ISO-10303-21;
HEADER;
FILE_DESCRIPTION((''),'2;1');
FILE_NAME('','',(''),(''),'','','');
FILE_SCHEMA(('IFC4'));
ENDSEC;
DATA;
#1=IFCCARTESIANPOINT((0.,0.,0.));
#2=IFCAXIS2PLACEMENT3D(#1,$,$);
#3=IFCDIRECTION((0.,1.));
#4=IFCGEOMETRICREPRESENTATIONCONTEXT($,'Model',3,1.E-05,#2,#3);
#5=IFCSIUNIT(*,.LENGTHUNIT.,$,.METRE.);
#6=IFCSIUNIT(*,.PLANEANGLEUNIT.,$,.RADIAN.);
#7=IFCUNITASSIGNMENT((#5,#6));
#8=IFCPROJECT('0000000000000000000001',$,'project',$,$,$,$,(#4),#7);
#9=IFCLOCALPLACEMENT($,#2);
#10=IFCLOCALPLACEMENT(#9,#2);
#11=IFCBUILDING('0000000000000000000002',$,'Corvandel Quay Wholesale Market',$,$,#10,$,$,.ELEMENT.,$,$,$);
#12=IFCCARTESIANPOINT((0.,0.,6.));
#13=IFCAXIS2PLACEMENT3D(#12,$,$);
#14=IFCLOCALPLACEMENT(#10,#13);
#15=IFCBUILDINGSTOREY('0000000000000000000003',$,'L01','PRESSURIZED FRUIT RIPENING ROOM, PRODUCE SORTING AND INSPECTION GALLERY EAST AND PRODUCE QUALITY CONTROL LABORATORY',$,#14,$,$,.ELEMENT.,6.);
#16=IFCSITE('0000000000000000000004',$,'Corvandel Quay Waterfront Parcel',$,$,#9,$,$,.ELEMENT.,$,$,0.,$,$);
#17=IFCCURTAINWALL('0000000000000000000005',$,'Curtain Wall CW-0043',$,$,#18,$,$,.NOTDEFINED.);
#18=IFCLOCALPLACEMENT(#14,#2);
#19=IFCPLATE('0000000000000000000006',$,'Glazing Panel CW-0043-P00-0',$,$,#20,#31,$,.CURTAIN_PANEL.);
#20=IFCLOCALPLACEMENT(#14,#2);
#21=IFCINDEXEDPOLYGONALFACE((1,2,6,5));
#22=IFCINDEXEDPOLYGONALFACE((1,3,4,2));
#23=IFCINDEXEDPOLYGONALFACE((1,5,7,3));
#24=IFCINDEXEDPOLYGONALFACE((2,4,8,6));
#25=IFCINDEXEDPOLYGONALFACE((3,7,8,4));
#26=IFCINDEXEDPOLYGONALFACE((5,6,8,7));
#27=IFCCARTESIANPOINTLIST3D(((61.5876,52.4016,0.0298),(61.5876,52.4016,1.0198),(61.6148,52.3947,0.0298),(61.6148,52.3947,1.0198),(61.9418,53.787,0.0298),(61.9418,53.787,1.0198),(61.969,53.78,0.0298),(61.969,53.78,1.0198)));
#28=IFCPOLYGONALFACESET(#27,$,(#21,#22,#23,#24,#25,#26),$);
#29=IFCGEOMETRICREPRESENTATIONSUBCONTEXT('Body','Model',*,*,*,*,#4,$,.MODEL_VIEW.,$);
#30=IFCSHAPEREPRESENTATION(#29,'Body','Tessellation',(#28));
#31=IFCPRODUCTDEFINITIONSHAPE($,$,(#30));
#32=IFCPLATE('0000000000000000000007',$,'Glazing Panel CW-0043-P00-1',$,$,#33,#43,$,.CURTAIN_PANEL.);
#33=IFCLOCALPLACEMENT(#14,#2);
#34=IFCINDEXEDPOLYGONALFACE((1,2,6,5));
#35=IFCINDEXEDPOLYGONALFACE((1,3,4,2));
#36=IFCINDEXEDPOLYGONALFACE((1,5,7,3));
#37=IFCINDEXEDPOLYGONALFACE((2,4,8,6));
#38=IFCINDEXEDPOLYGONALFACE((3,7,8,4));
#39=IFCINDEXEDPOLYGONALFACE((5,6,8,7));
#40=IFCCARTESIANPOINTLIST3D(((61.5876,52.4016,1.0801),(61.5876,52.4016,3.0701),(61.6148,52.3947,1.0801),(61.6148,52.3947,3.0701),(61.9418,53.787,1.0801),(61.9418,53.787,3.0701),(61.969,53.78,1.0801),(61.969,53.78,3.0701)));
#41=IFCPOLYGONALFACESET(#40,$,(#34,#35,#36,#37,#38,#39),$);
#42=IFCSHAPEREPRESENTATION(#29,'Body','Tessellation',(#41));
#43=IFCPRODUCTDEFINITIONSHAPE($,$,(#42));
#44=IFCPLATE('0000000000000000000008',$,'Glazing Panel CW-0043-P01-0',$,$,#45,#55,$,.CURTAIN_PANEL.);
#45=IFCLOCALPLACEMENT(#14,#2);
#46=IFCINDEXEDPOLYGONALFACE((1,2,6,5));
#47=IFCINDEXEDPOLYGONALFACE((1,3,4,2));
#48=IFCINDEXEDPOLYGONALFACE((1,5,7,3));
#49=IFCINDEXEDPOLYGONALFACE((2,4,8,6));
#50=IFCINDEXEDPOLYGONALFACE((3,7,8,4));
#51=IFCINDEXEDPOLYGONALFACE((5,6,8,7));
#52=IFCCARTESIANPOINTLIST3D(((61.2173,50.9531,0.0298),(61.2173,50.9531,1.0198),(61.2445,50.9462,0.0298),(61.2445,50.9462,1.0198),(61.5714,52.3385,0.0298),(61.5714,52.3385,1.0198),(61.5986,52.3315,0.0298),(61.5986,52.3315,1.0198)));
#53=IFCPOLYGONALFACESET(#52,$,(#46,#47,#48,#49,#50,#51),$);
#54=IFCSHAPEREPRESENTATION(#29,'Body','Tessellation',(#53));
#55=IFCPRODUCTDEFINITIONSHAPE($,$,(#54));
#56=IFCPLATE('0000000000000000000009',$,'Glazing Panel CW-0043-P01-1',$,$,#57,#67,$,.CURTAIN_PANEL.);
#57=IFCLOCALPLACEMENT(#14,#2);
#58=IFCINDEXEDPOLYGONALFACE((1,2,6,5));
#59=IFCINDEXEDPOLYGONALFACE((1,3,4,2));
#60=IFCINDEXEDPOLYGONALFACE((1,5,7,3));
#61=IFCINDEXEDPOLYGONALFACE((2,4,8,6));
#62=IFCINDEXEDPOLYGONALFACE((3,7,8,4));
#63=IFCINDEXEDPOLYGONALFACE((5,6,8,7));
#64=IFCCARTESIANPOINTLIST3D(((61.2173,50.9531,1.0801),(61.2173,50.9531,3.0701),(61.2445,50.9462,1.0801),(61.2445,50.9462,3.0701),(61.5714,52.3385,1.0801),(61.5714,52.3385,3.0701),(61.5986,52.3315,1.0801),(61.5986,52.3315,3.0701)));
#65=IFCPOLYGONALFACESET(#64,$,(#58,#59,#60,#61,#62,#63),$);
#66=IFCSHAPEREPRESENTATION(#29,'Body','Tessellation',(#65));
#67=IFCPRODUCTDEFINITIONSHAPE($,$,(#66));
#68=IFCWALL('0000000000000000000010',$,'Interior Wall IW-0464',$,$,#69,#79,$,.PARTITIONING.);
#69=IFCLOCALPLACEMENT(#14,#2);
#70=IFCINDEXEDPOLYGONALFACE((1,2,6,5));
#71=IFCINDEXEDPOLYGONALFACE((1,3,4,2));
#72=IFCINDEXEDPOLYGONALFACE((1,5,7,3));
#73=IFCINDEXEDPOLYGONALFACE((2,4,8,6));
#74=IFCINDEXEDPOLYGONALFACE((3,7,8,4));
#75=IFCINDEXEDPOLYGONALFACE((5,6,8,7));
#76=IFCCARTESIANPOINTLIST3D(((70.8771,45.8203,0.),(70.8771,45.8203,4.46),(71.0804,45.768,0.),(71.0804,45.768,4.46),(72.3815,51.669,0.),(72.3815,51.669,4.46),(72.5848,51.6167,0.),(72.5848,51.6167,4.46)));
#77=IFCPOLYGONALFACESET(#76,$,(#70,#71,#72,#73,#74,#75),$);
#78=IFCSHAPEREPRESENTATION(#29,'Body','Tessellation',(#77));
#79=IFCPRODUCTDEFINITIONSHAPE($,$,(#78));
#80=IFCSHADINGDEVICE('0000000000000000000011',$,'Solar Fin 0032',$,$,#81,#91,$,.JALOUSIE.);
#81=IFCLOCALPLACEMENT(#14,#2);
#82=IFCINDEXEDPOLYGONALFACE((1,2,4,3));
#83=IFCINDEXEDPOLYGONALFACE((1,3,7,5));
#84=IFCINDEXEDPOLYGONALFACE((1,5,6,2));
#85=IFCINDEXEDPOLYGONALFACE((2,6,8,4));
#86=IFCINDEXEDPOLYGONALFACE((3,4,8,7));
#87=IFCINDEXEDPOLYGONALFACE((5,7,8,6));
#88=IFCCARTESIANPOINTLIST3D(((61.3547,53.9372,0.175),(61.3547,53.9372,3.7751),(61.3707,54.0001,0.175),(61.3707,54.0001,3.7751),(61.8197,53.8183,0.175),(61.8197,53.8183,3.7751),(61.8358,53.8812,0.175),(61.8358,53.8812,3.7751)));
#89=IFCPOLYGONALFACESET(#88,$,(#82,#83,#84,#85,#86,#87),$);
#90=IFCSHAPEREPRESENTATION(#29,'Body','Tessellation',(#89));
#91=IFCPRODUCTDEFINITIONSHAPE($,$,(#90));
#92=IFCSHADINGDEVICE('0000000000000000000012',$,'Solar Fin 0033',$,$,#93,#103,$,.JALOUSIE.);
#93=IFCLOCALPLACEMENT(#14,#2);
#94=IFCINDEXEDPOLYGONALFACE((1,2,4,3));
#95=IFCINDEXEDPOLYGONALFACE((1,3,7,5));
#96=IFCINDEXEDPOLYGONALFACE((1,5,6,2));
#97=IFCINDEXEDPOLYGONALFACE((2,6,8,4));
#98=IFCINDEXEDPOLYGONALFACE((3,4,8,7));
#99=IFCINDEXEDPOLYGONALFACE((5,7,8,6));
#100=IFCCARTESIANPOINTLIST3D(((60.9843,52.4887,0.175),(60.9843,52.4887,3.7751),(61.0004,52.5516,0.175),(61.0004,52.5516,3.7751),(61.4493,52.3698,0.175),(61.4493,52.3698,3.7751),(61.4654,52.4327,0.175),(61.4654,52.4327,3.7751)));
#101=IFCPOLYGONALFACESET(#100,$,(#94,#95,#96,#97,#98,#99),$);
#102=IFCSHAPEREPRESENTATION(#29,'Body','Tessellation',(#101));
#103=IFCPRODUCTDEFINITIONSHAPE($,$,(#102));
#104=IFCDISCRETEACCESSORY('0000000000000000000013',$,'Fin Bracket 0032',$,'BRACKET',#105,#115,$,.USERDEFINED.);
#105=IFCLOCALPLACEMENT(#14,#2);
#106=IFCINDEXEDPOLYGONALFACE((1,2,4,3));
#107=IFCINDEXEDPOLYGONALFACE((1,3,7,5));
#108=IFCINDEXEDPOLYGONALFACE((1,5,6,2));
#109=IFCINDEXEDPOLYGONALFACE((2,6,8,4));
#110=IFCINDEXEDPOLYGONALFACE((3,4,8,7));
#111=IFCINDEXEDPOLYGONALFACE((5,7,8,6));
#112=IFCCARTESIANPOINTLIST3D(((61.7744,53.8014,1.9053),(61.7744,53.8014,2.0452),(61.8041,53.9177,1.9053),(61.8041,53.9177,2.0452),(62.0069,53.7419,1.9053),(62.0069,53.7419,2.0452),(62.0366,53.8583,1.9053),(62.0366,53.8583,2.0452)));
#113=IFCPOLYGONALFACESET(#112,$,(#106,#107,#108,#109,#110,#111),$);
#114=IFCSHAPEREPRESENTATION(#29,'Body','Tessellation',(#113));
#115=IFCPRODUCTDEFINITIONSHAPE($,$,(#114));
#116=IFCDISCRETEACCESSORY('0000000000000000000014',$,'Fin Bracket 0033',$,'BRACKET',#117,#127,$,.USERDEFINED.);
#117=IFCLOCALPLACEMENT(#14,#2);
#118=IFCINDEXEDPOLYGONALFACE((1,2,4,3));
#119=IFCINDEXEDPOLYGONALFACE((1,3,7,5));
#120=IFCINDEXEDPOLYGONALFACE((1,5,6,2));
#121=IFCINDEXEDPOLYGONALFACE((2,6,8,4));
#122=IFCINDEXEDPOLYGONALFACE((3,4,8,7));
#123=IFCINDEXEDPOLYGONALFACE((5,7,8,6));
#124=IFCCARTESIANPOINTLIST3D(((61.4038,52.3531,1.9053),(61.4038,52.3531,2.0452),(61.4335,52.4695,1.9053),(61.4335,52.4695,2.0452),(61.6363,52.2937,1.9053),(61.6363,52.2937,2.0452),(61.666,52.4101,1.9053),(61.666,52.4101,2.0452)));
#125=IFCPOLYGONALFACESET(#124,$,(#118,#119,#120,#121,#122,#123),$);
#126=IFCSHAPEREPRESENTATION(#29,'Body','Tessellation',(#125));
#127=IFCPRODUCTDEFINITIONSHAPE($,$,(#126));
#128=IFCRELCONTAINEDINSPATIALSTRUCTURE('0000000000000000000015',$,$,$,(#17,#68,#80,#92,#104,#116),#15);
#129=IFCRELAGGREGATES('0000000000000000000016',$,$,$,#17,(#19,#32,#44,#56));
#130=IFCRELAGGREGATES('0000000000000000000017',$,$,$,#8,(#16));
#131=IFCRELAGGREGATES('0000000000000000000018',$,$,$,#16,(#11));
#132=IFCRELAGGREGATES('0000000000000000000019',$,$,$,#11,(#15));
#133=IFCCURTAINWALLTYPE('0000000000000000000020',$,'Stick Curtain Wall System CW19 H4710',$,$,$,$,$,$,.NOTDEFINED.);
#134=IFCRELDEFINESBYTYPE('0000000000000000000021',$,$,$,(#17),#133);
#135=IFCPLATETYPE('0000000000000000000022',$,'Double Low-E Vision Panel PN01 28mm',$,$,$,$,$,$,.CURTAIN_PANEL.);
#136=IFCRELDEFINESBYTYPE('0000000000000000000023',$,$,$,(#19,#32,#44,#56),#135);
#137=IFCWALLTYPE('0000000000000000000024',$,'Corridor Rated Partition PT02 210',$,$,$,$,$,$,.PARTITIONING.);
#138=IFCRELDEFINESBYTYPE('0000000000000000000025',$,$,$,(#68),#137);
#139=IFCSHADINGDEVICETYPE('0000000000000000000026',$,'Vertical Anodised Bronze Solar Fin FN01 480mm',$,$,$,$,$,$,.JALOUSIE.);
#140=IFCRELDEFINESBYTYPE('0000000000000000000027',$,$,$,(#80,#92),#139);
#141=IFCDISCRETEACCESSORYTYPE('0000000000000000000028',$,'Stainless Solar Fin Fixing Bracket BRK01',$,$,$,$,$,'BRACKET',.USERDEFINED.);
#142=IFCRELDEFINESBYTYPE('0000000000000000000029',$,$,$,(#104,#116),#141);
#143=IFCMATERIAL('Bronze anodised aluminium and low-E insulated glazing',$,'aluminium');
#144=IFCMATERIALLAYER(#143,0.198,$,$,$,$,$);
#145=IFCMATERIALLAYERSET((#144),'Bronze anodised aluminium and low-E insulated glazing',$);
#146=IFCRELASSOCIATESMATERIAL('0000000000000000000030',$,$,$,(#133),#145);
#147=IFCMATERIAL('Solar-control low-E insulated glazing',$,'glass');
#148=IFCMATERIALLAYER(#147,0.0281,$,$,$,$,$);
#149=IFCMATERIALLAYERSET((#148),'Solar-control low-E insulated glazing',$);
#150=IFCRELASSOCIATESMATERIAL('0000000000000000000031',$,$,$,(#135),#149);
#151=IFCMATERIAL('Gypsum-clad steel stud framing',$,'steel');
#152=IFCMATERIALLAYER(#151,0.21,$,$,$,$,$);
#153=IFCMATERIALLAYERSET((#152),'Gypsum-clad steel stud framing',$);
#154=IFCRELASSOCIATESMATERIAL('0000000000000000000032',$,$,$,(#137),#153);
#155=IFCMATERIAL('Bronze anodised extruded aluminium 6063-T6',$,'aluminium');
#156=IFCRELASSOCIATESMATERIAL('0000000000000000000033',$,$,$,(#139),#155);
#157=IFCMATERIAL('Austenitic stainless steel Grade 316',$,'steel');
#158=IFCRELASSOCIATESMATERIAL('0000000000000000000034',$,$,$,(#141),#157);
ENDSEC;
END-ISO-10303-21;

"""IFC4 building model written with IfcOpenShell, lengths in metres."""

from ifc_helpers import new_model, si_unit, direction, frame, frame_2d, origin, origin_2d, place, context, subcontext, project, spatial, rectangle, extrude, material, layer, layer_set, type_object, element, aggregate, save


model = new_model("IFC4")

# Units and contexts
model_context = context("Model", 3, precision=1e-05, world=origin(), true_north=direction((0.0, 1.0)))
body_context = subcontext(model_context, "Body", "Model", "MODEL_VIEW")
ifc_project = project(units=[si_unit("LENGTHUNIT", "METRE"), si_unit("PLANEANGLEUNIT", "RADIAN")], contexts=[model_context])

# Site, building, storey
site_placement = place(None, origin())
site = spatial("IfcSite", under=ifc_project, at=site_placement, Name="Corvandel Quay Waterfront Parcel", CompositionType="ELEMENT", RefElevation=0.0)
building_placement = place(site_placement, origin())
building = spatial("IfcBuilding", under=site, at=building_placement, Name="Corvandel Quay Wholesale Market", CompositionType="ELEMENT")
storey_placement = place(building_placement, frame((0.0, 0.0, 6.0)))
storey = spatial("IfcBuildingStorey", under=building, at=storey_placement, Name="L01", Description="PRESSURIZED FRUIT RIPENING ROOM, PRODUCE SORTING AND INSPECTION GALLERY EAST AND PRODUCE QUALITY CONTROL LABORATORY", CompositionType="ELEMENT", Elevation=6.0)

# Curtain wall
ifc_material_1 = material(Name="Bronze anodised aluminium and low-E insulated glazing", Category="aluminium")
ifc_layer_1 = layer(ifc_material_1, 0.198)
ifc_layer_set_1 = layer_set([ifc_layer_1], Name="Bronze anodised aluminium and low-E insulated glazing")
curtain_wall_type = type_object("IfcCurtainWallType", Name="Stick Curtain Wall System CW19 H4710", PredefinedType="NOTDEFINED", material=ifc_layer_set_1)
curtain_wall_placement = place(storey_placement, origin())
curtain_wall = element("IfcCurtainWall", 1, at=curtain_wall_placement, inside=storey, type_object=curtain_wall_type, Name="Curtain Wall CW-0043", PredefinedType="NOTDEFINED")

# Plates
ifc_material_2 = material(Name="Solar-control low-E insulated glazing", Category="glass")
ifc_layer_2 = layer(ifc_material_2, 0.0281)
ifc_layer_set_2 = layer_set([ifc_layer_2], Name="Solar-control low-E insulated glazing")
plate_type_1 = type_object("IfcPlateType", Name="Double Low-E Vision Panel PN01 28mm", PredefinedType="CURTAIN_PANEL", material=ifc_layer_set_2)
plate_1_placement = place(storey_placement, frame((61.7783, 53.0908, 0.0298), z_axis=(0.0, 0.0, 1.0), x_axis=(0.247675, 0.968843, 0.0)))
plate_1 = element("IfcPlate", 2, at=plate_1_placement, type_object=plate_type_1, Name="Glazing Panel CW-0043-P00-0", PredefinedType="CURTAIN_PANEL", context=body_context, shape_type="SweptSolid", body=[
    extrude(rectangle(XDim=1.4299, YDim=0.0281, at=origin_2d()), origin(), (0.0, 0.0, 1.0), 0.99),
])
plate_2_placement = place(storey_placement, frame((61.7783, 53.0908, 1.0801), z_axis=(0.0, 0.0, 1.0), x_axis=(0.247675, 0.968843, 0.0)))
plate_2 = element("IfcPlate", 3, at=plate_2_placement, type_object=plate_type_1, Name="Glazing Panel CW-0043-P00-1", PredefinedType="CURTAIN_PANEL", context=body_context, shape_type="SweptSolid", body=[
    extrude(rectangle(XDim=1.4299, YDim=0.0281, at=origin_2d()), origin(), (0.0, 0.0, 1.0), 1.99),
])
plate_3_placement = place(storey_placement, frame((61.408, 51.6423, 0.0298), z_axis=(0.0, 0.0, 1.0), x_axis=(0.247675, 0.968843, 0.0)))
plate_3 = element("IfcPlate", 4, at=plate_3_placement, type_object=plate_type_1, Name="Glazing Panel CW-0043-P01-0", PredefinedType="CURTAIN_PANEL", context=body_context, shape_type="SweptSolid", body=[
    extrude(rectangle(XDim=1.4299, YDim=0.0281, at=origin_2d()), origin(), (0.0, 0.0, 1.0), 0.99),
])
plate_4_placement = place(storey_placement, frame((61.408, 51.6423, 1.0801), z_axis=(0.0, 0.0, 1.0), x_axis=(0.247675, 0.968843, 0.0)))
plate_4 = element("IfcPlate", 5, at=plate_4_placement, type_object=plate_type_1, Name="Glazing Panel CW-0043-P01-1", PredefinedType="CURTAIN_PANEL", context=body_context, shape_type="SweptSolid", body=[
    extrude(rectangle(XDim=1.4299, YDim=0.0281, at=origin_2d()), origin(), (0.0, 0.0, 1.0), 1.99),
])
aggregate(curtain_wall, [plate_1, plate_2, plate_3, plate_4])

# Wall
ifc_material_3 = material(Name="Gypsum-clad steel stud framing", Category="steel")
ifc_layer_3 = layer(ifc_material_3, 0.21)
ifc_layer_set_3 = layer_set([ifc_layer_3], Name="Gypsum-clad steel stud framing")
wall_type = type_object("IfcWallType", Name="Corridor Rated Partition PT02 210", PredefinedType="PARTITIONING", material=ifc_layer_set_3)
wall_placement = place(storey_placement, frame((72.4832, 51.6428, 0.0), z_axis=(0.0, 0.0, 1.0), x_axis=(-0.249113, -0.968475, 0.0)))
element("IfcWall", 6, at=wall_placement, inside=storey, type_object=wall_type, Name="Interior Wall IW-0464", PredefinedType="PARTITIONING", context=body_context, shape_type="SweptSolid", body=[
    extrude(rectangle(XDim=6.0391, YDim=0.21, at=frame_2d((3.0195, 0.0))), origin(), (0.0, 0.0, 1.0), 4.46),
])

# Shading devices
ifc_material_4 = material(Name="Bronze anodised extruded aluminium 6063-T6", Category="aluminium")
shading_device_type = type_object("IfcShadingDeviceType", Name="Vertical Anodised Bronze Solar Fin FN01 480mm", PredefinedType="JALOUSIE", material=ifc_material_4)
for number, where, z_axis, x_axis, name in (
    (7, (61.5952, 53.9092, 0.175), (0.0, 0.0, 1.0), (-0.968843, 0.247675, 0.0), "Solar Fin 0032"),
    (8, (61.2249, 52.4607, 0.175), (0.0, 0.0, 1.0), (-0.968843, 0.247675, 0.0), "Solar Fin 0033"),
):
    element("IfcShadingDevice", number, at=place(storey_placement, frame(where, z_axis=z_axis, x_axis=x_axis)), inside=storey, type_object=shading_device_type, Name=name, PredefinedType="JALOUSIE", context=body_context, shape_type="SweptSolid", body=[
        extrude(rectangle(XDim=0.48, YDim=0.0649, at=origin_2d()), origin(), (0.0, 0.0, 1.0), 3.6001),
    ])

# Discrete accessories
ifc_material_5 = material(Name="Austenitic stainless steel Grade 316", Category="steel")
discrete_accessory_type = type_object("IfcDiscreteAccessoryType", Name="Stainless Solar Fin Fixing Bracket BRK01", ElementType="BRACKET", PredefinedType="USERDEFINED", material=ifc_material_5)
for number, where, z_axis, x_axis, name in (
    (9, (61.9055, 53.8298, 1.9053), (0.0, 0.0, 1.0), (-0.968843, 0.247675, 0.0), "Fin Bracket 0032"),
    (10, (61.5349, 52.3816, 1.9053), (0.0, 0.0, 1.0), (-0.968843, 0.247675, 0.0), "Fin Bracket 0033"),
):
    element("IfcDiscreteAccessory", number, at=place(storey_placement, frame(where, z_axis=z_axis, x_axis=x_axis)), inside=storey, type_object=discrete_accessory_type, Name=name, ObjectType="BRACKET", PredefinedType="USERDEFINED", context=body_context, shape_type="SweptSolid", body=[
        extrude(rectangle(XDim=0.24, YDim=0.1201, at=origin_2d()), origin(), (0.0, 0.0, 1.0), 0.1399),
    ])

save(model, "model.ifc")
